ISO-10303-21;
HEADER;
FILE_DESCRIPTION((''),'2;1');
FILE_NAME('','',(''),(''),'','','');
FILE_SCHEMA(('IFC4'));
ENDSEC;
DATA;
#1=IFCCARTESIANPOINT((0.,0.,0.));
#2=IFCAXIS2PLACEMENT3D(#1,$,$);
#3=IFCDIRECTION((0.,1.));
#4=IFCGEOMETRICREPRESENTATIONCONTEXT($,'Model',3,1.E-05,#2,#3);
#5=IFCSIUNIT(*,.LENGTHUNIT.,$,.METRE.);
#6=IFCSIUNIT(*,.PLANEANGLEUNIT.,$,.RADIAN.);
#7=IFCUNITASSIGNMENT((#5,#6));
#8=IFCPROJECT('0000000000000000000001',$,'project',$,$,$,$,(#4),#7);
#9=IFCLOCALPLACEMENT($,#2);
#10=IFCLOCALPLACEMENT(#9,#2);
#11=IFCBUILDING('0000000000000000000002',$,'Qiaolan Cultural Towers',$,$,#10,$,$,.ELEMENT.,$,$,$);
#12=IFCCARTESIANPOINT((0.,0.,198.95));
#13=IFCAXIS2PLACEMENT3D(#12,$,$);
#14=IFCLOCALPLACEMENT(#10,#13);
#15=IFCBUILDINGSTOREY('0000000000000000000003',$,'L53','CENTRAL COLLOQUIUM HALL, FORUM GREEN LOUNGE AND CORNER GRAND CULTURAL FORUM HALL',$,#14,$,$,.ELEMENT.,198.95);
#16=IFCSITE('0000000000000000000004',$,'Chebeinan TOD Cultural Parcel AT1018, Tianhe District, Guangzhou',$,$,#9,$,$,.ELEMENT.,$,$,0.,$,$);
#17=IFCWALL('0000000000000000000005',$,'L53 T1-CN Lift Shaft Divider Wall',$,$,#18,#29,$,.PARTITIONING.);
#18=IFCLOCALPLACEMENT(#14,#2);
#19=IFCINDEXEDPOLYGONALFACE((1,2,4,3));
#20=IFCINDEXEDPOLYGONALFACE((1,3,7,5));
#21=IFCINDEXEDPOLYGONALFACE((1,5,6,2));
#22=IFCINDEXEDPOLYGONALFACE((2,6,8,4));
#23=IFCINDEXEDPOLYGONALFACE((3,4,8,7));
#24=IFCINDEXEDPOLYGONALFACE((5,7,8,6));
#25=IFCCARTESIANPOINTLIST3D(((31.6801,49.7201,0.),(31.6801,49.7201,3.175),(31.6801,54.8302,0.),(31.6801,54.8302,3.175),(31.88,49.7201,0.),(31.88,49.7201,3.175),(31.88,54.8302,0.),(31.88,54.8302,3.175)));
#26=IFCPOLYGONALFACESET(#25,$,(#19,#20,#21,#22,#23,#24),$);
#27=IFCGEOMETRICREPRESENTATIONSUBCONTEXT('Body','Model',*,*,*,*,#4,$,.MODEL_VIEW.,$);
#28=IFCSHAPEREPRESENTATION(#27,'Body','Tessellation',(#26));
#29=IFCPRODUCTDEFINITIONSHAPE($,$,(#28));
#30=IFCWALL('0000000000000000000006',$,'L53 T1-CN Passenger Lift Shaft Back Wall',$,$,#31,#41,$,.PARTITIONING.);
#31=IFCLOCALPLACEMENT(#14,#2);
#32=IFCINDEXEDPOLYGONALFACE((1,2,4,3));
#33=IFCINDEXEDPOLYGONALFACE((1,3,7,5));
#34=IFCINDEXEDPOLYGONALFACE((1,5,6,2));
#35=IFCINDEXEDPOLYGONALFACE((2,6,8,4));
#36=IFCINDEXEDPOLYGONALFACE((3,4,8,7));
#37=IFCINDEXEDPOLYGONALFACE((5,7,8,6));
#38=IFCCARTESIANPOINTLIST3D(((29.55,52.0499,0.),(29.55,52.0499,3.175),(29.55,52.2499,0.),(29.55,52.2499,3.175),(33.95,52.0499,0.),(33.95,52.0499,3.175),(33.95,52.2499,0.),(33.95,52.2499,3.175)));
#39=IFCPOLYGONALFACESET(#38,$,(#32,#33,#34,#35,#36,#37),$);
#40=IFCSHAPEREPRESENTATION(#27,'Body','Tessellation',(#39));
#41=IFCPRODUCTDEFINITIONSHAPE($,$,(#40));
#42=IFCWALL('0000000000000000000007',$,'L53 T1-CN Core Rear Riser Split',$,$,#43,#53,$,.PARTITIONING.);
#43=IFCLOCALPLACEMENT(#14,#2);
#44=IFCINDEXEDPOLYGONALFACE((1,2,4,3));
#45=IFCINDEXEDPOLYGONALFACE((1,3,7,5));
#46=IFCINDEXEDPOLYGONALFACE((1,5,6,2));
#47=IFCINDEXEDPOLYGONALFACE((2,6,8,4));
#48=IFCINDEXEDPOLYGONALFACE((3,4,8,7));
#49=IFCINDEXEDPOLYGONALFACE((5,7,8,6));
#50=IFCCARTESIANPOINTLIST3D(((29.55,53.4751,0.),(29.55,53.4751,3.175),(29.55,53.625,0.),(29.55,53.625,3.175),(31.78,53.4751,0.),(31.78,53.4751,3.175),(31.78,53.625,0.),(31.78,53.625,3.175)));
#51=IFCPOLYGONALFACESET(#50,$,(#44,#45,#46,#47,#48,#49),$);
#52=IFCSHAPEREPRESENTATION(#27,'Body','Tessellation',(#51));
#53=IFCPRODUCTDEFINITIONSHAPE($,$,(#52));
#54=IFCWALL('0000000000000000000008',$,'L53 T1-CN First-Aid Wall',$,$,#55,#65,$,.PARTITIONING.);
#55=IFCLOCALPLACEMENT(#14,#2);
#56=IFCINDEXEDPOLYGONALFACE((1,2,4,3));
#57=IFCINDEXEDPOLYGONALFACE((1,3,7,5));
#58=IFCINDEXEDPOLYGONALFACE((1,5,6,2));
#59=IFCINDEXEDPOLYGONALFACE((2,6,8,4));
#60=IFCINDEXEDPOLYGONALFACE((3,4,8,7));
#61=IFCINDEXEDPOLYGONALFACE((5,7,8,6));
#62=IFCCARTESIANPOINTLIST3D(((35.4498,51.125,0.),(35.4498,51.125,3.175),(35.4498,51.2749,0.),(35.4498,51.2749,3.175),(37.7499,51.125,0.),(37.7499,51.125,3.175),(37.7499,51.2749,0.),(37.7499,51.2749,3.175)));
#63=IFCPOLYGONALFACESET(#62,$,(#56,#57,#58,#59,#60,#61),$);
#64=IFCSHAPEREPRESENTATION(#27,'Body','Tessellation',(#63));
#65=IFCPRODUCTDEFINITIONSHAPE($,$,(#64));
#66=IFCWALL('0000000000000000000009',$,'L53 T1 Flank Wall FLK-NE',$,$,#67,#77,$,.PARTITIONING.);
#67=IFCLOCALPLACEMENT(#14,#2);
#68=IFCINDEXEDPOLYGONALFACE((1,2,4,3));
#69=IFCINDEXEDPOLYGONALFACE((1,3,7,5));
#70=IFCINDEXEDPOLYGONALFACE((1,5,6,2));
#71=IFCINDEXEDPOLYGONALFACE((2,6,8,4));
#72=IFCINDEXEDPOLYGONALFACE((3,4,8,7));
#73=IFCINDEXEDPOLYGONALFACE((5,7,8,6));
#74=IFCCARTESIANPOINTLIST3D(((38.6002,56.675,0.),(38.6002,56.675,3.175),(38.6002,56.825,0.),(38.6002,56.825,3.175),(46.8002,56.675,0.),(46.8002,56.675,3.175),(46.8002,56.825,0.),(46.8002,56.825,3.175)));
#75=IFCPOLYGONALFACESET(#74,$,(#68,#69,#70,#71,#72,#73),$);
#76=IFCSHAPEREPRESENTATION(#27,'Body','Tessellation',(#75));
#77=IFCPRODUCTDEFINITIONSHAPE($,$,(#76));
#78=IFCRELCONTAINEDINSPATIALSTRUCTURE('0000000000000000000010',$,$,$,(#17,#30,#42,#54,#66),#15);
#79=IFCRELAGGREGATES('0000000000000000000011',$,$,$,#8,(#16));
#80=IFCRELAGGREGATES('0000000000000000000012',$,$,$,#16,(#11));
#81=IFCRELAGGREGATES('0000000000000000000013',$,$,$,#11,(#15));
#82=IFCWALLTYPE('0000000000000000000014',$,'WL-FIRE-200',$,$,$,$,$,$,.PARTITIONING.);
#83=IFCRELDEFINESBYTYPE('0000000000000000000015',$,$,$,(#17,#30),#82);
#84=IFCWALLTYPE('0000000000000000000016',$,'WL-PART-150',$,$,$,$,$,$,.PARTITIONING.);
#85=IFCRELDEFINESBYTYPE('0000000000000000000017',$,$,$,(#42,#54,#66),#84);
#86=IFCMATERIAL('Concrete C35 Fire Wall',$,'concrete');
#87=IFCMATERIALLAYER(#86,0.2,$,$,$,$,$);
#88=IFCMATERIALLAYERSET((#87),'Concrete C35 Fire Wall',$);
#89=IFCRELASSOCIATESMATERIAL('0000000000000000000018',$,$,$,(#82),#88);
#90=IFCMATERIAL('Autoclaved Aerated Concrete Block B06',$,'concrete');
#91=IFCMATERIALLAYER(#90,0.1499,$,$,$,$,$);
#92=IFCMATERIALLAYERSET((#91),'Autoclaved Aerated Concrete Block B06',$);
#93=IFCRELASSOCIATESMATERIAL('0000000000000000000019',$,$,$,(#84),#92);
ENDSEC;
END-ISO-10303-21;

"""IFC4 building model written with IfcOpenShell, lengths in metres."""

from ifc_helpers import new_model, si_unit, direction, frame, frame_2d, origin, place, context, subcontext, project, spatial, rectangle, extrude, material, layer, layer_set, type_object, element, save


model = new_model("IFC4")

# Units and contexts
model_context = context("Model", 3, precision=1e-05, world=origin(), true_north=direction((0.0, 1.0)))
body_context = subcontext(model_context, "Body", "Model", "MODEL_VIEW")
ifc_project = project(units=[si_unit("LENGTHUNIT", "METRE"), si_unit("PLANEANGLEUNIT", "RADIAN")], contexts=[model_context])

# Site, building, storey
site_placement = place(None, origin())
site = spatial("IfcSite", under=ifc_project, at=site_placement, Name="Chebeinan TOD Cultural Parcel AT1018, Tianhe District, Guangzhou", CompositionType="ELEMENT", RefElevation=0.0)
building_placement = place(site_placement, origin())
building = spatial("IfcBuilding", under=site, at=building_placement, Name="Qiaolan Cultural Towers", CompositionType="ELEMENT")
storey_placement = place(building_placement, frame((0.0, 0.0, 198.95)))
storey = spatial("IfcBuildingStorey", under=building, at=storey_placement, Name="L53", Description="CENTRAL COLLOQUIUM HALL, FORUM GREEN LOUNGE AND CORNER GRAND CULTURAL FORUM HALL", CompositionType="ELEMENT", Elevation=198.95)

# Shared definitions
ifc_material_1 = material(Name="Concrete C35 Fire Wall", Category="concrete")
ifc_layer_1 = layer(ifc_material_1, 0.2)
ifc_layer_set_1 = layer_set([ifc_layer_1], Name="Concrete C35 Fire Wall")
wall_type_1 = type_object("IfcWallType", Name="WL-FIRE-200", PredefinedType="PARTITIONING", material=ifc_layer_set_1)

# Walls
wall_1_placement = place(storey_placement, frame((31.78, 49.72, 0.0), z_axis=(0.0, 0.0, 1.0), x_axis=(0.0, 1.0, 0.0)))
element("IfcWall", 1, at=wall_1_placement, inside=storey, type_object=wall_type_1, Name="L53 T1-CN Lift Shaft Divider Wall", PredefinedType="PARTITIONING", context=body_context, shape_type="SweptSolid", body=[
    extrude(rectangle(XDim=5.1101, YDim=0.2, at=frame_2d((2.5552, 0.0))), origin(), (0.0, 0.0, 1.0), 3.175),
])
wall_2_placement = place(storey_placement, frame((29.55, 52.1499, 0.0), z_axis=(0.0, 0.0, 1.0), x_axis=(1.0, 0.0, 0.0)))
element("IfcWall", 2, at=wall_2_placement, inside=storey, type_object=wall_type_1, Name="L53 T1-CN Passenger Lift Shaft Back Wall", PredefinedType="PARTITIONING", context=body_context, shape_type="SweptSolid", body=[
    extrude(rectangle(XDim=4.3999, YDim=0.2, at=frame_2d((2.2, 0.0))), origin(), (0.0, 0.0, 1.0), 3.175),
])
ifc_material_2 = material(Name="Autoclaved Aerated Concrete Block B06", Category="concrete")
ifc_layer_2 = layer(ifc_material_2, 0.1499)
ifc_layer_set_2 = layer_set([ifc_layer_2], Name="Autoclaved Aerated Concrete Block B06")
wall_type_2 = type_object("IfcWallType", Name="WL-PART-150", PredefinedType="PARTITIONING", material=ifc_layer_set_2)
wall_3_placement = place(storey_placement, frame((29.55, 53.55, 0.0), z_axis=(0.0, 0.0, 1.0), x_axis=(1.0, 0.0, 0.0)))
element("IfcWall", 3, at=wall_3_placement, inside=storey, type_object=wall_type_2, Name="L53 T1-CN Core Rear Riser Split", PredefinedType="PARTITIONING", context=body_context, shape_type="SweptSolid", body=[
    extrude(rectangle(XDim=2.23, YDim=0.1499, at=frame_2d((1.115, 0.0))), origin(), (0.0, 0.0, 1.0), 3.175),
])
wall_4_placement = place(storey_placement, frame((35.45, 51.2, 0.0), z_axis=(0.0, 0.0, 1.0), x_axis=(1.0, 0.0, 0.0)))
element("IfcWall", 4, at=wall_4_placement, inside=storey, type_object=wall_type_2, Name="L53 T1-CN First-Aid Wall", PredefinedType="PARTITIONING", context=body_context, shape_type="SweptSolid", body=[
    extrude(rectangle(XDim=2.3, YDim=0.1499, at=frame_2d((1.1499, 0.0))), origin(), (0.0, 0.0, 1.0), 3.175),
])
wall_5_placement = place(storey_placement, frame((38.6001, 56.75, 0.0), z_axis=(0.0, 0.0, 1.0), x_axis=(1.0, 0.0, 0.0)))
element("IfcWall", 5, at=wall_5_placement, inside=storey, type_object=wall_type_2, Name="L53 T1 Flank Wall FLK-NE", PredefinedType="PARTITIONING", context=body_context, shape_type="SweptSolid", body=[
    extrude(rectangle(XDim=8.2, YDim=0.1499, at=frame_2d((4.1001, 0.0))), origin(), (0.0, 0.0, 1.0), 3.175),
])

save(model, "model.ifc")
